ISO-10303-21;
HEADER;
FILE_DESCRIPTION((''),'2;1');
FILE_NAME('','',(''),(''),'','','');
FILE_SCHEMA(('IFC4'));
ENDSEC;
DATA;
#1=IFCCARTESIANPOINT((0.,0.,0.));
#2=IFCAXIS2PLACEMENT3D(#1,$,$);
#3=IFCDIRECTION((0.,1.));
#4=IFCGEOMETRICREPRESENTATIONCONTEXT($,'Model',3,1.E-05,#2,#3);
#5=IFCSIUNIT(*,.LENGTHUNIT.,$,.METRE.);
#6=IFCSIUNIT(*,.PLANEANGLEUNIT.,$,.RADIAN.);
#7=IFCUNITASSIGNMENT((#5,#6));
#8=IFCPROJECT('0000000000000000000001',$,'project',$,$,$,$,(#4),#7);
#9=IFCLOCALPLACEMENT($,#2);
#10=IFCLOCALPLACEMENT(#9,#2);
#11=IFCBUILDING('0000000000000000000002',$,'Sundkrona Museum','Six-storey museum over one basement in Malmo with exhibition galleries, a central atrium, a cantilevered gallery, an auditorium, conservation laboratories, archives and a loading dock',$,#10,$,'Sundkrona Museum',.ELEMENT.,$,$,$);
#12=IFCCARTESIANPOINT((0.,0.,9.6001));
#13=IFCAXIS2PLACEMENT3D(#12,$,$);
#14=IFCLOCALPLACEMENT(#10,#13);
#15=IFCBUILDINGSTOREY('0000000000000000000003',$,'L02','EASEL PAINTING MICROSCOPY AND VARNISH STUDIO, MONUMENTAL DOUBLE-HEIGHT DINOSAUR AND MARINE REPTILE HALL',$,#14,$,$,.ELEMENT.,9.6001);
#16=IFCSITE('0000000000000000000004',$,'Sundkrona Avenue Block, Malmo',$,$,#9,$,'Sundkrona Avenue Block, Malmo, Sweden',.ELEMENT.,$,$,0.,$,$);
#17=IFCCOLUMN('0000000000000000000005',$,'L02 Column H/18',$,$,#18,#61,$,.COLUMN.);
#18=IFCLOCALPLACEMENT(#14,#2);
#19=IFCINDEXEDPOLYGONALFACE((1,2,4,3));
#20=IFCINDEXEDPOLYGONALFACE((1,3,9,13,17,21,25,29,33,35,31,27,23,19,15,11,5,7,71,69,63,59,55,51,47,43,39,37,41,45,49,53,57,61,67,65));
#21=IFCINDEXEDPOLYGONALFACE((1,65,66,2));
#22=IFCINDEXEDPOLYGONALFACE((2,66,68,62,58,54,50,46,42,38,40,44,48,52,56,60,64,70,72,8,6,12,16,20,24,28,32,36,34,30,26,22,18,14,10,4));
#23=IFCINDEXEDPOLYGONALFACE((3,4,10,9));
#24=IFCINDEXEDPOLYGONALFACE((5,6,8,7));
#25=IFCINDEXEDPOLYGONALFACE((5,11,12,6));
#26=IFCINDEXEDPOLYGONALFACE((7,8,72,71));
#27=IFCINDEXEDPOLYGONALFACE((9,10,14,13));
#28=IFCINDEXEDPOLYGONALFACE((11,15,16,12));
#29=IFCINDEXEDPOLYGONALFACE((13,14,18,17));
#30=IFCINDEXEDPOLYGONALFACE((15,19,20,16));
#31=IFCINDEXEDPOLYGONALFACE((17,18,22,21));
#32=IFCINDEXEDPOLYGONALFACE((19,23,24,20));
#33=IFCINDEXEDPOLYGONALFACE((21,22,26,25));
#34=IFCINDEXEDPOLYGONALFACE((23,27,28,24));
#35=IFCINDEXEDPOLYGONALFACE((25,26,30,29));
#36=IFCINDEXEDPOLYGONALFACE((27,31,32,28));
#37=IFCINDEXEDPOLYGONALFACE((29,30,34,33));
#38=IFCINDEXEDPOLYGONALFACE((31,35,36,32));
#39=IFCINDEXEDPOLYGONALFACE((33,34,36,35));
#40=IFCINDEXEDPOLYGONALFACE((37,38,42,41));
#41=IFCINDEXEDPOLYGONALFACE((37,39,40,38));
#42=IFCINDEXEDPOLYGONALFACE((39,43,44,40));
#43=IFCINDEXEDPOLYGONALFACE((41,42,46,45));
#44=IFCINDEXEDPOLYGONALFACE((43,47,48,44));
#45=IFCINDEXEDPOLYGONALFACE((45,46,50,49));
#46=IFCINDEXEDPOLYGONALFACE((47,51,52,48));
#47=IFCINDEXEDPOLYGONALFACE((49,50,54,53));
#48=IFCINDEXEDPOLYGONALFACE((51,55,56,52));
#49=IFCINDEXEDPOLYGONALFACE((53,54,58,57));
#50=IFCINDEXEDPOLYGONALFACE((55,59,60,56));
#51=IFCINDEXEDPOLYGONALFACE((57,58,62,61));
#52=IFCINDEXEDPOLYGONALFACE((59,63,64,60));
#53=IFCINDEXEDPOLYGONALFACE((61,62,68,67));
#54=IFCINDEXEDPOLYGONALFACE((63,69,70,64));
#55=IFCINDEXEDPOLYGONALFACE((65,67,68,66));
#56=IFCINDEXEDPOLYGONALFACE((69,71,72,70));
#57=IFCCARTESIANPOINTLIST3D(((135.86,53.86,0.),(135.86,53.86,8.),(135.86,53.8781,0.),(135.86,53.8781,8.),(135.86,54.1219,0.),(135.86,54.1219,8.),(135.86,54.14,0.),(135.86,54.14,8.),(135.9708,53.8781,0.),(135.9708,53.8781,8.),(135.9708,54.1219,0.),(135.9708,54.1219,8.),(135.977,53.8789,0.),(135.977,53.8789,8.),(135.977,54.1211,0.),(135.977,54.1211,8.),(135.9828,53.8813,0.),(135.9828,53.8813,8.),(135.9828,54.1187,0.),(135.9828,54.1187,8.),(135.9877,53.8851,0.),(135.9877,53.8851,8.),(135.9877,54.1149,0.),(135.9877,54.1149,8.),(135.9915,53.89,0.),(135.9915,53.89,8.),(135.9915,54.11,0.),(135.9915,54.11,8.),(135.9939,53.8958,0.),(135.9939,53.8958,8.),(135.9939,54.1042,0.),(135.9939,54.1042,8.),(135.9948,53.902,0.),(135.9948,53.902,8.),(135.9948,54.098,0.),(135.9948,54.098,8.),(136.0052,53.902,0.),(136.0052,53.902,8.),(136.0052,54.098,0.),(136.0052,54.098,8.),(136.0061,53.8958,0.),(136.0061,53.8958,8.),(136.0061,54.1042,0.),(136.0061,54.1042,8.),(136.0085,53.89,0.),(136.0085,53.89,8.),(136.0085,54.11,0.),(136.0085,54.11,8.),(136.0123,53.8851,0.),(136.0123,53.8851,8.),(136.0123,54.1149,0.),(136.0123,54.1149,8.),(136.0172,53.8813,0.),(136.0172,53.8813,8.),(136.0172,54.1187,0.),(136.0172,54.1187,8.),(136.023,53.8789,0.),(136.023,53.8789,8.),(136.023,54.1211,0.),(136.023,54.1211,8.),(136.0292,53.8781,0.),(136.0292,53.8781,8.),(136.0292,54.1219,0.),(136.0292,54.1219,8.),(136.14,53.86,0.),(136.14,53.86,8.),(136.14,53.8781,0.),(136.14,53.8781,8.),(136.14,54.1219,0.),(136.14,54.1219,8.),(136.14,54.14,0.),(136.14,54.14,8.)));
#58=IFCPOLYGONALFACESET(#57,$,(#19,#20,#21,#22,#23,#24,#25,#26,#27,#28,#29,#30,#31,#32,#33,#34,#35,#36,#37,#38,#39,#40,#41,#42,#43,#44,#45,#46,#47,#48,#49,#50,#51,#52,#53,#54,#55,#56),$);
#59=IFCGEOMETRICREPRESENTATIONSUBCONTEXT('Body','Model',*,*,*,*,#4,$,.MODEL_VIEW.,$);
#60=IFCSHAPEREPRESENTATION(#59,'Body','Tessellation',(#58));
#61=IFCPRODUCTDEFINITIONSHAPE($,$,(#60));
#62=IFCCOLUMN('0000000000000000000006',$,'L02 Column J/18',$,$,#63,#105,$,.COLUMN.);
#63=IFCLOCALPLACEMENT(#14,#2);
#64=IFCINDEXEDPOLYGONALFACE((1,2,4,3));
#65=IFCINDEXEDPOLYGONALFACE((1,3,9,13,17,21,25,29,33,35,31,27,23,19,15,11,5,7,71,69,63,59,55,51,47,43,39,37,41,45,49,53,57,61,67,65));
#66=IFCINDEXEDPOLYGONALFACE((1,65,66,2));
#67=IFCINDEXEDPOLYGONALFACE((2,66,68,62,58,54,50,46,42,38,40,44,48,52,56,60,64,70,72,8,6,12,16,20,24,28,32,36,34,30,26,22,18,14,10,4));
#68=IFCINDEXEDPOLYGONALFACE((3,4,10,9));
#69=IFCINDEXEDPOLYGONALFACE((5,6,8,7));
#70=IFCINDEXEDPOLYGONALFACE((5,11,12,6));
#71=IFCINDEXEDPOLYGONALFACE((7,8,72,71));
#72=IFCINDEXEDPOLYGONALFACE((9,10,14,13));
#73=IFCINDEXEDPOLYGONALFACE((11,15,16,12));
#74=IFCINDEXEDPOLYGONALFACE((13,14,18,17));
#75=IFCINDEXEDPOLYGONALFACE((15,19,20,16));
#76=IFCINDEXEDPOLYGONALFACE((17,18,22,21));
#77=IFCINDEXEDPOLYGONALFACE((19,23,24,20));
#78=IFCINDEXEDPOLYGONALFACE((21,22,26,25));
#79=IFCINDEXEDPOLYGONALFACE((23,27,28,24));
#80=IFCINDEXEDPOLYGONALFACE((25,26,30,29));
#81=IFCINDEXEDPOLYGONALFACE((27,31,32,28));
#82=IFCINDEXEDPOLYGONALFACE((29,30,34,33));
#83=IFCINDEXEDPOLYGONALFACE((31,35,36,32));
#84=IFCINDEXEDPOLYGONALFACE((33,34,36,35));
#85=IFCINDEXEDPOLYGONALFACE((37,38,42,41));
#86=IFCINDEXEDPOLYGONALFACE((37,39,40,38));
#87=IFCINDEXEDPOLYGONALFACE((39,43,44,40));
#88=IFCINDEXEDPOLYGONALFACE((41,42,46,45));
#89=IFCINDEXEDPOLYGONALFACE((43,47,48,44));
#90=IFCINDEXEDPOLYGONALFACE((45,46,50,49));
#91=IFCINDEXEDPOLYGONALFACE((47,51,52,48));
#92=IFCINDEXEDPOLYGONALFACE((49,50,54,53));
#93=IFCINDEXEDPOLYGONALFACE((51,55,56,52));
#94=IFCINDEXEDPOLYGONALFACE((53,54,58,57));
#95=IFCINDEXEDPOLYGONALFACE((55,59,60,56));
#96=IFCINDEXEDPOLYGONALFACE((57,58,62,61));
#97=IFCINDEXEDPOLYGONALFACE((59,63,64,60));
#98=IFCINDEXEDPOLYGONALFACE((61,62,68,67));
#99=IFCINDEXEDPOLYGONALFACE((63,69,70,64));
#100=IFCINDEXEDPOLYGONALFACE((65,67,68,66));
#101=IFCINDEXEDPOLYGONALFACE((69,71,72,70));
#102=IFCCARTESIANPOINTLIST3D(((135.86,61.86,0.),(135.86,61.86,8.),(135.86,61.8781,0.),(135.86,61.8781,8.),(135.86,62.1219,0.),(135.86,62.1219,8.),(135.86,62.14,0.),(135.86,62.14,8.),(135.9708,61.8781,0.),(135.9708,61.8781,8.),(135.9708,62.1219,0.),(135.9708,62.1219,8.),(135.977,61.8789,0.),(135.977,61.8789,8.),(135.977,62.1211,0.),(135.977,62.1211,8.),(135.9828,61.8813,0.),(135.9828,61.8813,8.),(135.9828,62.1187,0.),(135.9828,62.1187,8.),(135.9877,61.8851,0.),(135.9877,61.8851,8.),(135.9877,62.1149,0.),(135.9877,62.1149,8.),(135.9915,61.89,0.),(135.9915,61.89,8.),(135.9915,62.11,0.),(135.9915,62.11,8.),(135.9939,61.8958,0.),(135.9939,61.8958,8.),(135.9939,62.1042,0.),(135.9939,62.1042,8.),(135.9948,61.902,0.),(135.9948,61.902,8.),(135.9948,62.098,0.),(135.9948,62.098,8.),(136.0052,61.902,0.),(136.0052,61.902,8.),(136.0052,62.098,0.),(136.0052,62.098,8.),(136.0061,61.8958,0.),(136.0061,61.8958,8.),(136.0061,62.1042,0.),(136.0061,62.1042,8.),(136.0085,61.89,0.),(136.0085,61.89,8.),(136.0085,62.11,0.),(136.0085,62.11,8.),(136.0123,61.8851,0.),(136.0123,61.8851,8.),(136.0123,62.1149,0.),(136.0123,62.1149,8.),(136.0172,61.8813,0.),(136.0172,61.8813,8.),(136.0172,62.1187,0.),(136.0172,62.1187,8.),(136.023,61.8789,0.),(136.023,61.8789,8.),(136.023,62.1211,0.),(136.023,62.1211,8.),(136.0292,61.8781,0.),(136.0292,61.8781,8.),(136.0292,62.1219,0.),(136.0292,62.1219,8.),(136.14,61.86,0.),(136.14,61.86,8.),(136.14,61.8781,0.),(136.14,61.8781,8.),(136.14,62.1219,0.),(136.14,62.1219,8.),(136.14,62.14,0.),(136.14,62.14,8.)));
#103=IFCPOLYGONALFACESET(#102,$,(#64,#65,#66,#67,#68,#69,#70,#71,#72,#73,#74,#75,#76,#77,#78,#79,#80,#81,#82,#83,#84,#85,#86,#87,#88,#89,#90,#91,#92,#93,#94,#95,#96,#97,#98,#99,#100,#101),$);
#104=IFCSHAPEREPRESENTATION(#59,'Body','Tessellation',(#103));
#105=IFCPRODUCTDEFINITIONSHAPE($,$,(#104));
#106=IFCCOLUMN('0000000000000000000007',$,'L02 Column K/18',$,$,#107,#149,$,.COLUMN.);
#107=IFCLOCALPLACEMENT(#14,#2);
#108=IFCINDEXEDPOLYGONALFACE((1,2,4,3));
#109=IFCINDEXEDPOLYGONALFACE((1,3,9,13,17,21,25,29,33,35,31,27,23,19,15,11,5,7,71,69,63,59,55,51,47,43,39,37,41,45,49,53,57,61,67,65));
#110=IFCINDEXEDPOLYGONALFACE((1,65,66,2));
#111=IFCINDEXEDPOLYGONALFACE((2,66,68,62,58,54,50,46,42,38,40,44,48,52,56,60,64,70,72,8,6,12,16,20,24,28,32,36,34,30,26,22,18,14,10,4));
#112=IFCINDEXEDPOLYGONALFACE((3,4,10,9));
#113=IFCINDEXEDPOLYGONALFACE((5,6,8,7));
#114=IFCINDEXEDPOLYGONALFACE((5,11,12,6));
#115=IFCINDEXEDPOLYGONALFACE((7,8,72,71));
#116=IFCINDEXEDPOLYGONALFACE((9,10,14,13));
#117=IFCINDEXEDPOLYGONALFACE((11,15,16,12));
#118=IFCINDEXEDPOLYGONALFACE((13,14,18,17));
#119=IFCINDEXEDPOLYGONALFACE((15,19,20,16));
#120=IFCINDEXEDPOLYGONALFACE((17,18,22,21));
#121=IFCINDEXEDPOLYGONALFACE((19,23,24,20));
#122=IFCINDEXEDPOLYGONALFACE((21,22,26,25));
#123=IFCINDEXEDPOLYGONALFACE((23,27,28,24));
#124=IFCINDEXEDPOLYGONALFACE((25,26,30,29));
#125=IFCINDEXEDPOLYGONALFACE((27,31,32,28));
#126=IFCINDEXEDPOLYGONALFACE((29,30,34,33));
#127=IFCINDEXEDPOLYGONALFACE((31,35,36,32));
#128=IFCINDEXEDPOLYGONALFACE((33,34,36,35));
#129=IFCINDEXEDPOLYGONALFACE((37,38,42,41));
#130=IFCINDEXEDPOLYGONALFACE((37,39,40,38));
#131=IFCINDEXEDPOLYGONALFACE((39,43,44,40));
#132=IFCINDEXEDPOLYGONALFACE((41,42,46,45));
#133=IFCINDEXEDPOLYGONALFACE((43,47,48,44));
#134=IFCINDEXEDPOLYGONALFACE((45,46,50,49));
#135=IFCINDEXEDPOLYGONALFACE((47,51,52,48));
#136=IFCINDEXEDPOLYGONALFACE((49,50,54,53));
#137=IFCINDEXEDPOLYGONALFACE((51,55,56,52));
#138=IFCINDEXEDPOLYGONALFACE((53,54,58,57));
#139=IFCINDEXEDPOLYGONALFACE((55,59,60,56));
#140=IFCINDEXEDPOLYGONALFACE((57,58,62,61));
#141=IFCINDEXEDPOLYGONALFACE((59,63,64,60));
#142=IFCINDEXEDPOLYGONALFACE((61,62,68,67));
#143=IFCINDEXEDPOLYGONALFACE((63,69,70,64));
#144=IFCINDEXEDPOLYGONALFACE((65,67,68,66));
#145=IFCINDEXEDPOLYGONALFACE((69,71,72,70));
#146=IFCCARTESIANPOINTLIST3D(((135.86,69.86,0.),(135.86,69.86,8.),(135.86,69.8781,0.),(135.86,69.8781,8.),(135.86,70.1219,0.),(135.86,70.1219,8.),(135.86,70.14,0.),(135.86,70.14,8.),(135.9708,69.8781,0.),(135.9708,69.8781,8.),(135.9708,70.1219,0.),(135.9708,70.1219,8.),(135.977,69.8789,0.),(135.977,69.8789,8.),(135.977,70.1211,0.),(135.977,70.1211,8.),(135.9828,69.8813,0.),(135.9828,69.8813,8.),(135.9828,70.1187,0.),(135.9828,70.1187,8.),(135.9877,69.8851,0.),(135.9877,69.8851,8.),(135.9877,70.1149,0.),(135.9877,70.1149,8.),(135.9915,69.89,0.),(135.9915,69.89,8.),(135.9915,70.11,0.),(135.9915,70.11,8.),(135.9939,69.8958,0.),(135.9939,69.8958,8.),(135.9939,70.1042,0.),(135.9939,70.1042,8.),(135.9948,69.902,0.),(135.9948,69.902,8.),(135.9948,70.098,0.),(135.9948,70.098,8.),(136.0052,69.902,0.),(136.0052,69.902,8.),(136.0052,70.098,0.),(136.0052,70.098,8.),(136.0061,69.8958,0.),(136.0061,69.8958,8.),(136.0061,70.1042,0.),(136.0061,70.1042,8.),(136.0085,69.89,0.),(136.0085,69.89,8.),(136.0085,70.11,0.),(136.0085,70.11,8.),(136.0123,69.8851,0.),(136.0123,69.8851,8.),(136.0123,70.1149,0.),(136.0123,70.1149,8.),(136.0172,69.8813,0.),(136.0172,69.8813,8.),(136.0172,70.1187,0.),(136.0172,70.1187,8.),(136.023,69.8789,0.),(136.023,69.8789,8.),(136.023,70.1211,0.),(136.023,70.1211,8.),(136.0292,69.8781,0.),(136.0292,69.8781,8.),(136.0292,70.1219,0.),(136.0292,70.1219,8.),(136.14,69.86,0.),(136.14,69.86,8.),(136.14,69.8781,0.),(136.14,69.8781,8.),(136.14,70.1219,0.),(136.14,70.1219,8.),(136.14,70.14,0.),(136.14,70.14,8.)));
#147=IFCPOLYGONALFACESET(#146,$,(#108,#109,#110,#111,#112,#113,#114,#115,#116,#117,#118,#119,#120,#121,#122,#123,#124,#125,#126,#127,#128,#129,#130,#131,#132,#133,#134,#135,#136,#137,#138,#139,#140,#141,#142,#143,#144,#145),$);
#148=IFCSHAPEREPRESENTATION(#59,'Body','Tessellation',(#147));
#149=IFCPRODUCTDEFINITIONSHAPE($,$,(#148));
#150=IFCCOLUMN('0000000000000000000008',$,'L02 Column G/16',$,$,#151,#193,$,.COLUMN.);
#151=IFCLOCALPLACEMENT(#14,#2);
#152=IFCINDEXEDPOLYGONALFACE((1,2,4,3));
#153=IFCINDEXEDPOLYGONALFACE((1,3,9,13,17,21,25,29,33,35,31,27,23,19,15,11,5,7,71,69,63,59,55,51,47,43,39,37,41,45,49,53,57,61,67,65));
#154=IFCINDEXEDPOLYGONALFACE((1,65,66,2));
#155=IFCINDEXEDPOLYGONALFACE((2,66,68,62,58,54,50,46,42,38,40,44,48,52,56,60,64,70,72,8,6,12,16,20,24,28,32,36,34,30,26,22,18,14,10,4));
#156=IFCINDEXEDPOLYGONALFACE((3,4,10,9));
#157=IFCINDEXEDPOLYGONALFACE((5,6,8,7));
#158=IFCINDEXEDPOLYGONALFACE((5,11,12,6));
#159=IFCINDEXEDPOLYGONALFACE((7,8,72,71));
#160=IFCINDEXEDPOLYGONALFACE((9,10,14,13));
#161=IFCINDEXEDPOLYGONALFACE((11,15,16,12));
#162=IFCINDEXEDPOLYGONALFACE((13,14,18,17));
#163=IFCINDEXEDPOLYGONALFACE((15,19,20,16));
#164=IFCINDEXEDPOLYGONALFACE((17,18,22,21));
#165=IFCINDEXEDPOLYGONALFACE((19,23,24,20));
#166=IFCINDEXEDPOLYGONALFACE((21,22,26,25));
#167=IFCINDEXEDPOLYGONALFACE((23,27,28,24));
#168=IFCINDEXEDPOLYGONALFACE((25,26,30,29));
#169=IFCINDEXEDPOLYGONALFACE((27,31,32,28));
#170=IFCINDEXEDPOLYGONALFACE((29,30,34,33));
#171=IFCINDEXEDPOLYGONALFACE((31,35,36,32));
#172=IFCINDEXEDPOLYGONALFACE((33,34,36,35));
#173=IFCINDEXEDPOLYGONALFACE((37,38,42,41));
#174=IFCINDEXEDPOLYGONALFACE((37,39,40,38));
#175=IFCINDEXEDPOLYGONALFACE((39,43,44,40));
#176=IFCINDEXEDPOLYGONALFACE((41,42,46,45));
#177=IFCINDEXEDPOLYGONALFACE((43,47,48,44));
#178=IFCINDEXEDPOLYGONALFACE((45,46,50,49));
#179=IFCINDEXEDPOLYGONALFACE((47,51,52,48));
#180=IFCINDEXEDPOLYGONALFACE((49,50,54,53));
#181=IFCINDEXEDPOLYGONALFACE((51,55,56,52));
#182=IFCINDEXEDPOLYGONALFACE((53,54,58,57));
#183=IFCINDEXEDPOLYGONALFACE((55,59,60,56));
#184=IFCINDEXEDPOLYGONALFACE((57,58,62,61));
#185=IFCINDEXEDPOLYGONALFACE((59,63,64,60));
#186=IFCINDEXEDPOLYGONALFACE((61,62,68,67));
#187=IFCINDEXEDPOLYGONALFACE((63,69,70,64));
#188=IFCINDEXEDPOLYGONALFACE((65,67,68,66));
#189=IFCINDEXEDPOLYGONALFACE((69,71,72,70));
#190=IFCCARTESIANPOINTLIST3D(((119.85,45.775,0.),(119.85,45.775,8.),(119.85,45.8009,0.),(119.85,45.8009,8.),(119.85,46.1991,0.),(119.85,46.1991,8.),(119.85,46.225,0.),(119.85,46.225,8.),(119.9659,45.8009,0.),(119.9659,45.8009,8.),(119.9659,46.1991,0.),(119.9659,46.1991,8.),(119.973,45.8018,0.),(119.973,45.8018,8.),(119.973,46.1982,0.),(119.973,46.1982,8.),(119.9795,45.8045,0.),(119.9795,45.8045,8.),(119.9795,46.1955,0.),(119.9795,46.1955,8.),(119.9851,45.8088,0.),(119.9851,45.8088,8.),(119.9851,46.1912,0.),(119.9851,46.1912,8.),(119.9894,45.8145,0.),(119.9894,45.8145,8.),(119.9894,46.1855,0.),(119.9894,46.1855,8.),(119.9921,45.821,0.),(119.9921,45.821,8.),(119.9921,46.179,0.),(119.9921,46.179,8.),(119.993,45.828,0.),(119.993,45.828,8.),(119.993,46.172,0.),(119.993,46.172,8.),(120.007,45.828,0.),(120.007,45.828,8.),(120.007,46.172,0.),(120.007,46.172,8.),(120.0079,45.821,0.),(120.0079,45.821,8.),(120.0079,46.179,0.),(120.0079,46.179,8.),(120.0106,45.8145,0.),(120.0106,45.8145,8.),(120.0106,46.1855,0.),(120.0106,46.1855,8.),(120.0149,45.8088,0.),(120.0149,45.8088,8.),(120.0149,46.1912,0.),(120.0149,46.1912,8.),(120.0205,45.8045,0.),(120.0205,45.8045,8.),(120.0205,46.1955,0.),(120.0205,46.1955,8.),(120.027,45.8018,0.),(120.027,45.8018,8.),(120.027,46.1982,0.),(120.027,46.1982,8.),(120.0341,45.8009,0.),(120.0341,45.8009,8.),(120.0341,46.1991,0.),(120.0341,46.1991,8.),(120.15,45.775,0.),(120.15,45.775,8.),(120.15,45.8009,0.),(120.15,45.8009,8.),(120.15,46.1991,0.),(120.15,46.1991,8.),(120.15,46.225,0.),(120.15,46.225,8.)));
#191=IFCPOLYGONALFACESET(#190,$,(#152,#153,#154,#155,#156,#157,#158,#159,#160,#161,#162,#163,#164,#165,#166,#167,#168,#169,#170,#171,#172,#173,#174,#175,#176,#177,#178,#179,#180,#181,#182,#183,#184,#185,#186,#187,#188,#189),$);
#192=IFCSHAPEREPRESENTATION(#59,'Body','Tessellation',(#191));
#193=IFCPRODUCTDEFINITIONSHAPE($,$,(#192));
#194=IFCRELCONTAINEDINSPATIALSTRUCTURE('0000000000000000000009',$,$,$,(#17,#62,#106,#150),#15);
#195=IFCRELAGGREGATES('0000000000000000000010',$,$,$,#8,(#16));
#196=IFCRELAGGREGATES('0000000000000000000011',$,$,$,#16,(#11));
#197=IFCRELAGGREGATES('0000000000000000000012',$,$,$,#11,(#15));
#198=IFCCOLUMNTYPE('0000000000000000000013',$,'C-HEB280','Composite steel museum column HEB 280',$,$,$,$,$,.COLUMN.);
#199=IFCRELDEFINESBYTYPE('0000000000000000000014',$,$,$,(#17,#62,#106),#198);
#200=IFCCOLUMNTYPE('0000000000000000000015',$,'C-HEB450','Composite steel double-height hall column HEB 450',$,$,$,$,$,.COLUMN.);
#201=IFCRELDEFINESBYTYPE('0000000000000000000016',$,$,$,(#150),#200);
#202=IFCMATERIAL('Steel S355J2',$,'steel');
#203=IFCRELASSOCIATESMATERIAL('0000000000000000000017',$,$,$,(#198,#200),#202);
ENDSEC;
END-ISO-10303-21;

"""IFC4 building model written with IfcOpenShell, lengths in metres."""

from ifc_helpers import new_model, si_unit, direction, frame, origin, origin_2d, place, context, subcontext, project, spatial, i_section, extrude, material, material_profile, profile_set, type_object, element, save


model = new_model("IFC4")

# Units and contexts
model_context = context("Model", 3, precision=1e-05, world=origin(), true_north=direction((0.0, 1.0)))
body_context = subcontext(model_context, "Body", "Model", "MODEL_VIEW")
ifc_project = project(units=[si_unit("LENGTHUNIT", "METRE"), si_unit("PLANEANGLEUNIT", "RADIAN")], contexts=[model_context])

# Site, building, storey
site_placement = place(None, origin())
site = spatial("IfcSite", under=ifc_project, at=site_placement, Name="Sundkrona Avenue Block, Malmo", LongName="Sundkrona Avenue Block, Malmo, Sweden", CompositionType="ELEMENT", RefElevation=0.0)
building_placement = place(site_placement, origin())
building = spatial("IfcBuilding", under=site, at=building_placement, Name="Sundkrona Museum", Description="Six-storey museum over one basement in Malmo with exhibition galleries, a central atrium, a cantilevered gallery, an auditorium, conservation laboratories, archives and a loading dock", LongName="Sundkrona Museum", CompositionType="ELEMENT")
storey_placement = place(building_placement, frame((0.0, 0.0, 9.6001)))
storey = spatial("IfcBuildingStorey", under=building, at=storey_placement, Name="L02", Description="EASEL PAINTING MICROSCOPY AND VARNISH STUDIO, MONUMENTAL DOUBLE-HEIGHT DINOSAUR AND MARINE REPTILE HALL", CompositionType="ELEMENT", Elevation=9.6001)

# Columns
ifc_material_1 = material(Name="Steel S355J2", Category="steel")
ifc_material_profile_1 = material_profile(ifc_material_1, i_section(OverallWidth=0.28, OverallDepth=0.28, WebThickness=0.0105, FlangeThickness=0.0181, FilletRadius=0.0239, at=origin_2d()), Name="HEB 280")
ifc_profile_set_1 = profile_set([ifc_material_profile_1], Name="Steel S355J2")
column_type_1 = type_object("IfcColumnType", Name="C-HEB280", Description="Composite steel museum column HEB 280", PredefinedType="COLUMN", material=ifc_profile_set_1)
for number, where, z_axis, x_axis, name in (
    (1, (136.0, 54.0, 0.0), (0.0, 0.0, 1.0), (1.0, 0.0, 0.0), "L02 Column H/18"),
    (2, (136.0, 62.0, 0.0), (0.0, 0.0, 1.0), (1.0, 0.0, 0.0), "L02 Column J/18"),
    (3, (136.0, 70.0, 0.0), (0.0, 0.0, 1.0), (1.0, 0.0, 0.0), "L02 Column K/18"),
):
    element("IfcColumn", number, at=place(storey_placement, frame(where, z_axis=z_axis, x_axis=x_axis)), inside=storey, type_object=column_type_1, Name=name, PredefinedType="COLUMN", context=body_context, shape_type="SweptSolid", body=[
        extrude(i_section(OverallWidth=0.28, OverallDepth=0.28, WebThickness=0.0105, FlangeThickness=0.0181, FilletRadius=0.0239, at=origin_2d()), origin(), (0.0, 0.0, 1.0), 8.0),
    ])
ifc_material_profile_2 = material_profile(ifc_material_1, i_section(OverallWidth=0.3, OverallDepth=0.45, WebThickness=0.0139, FlangeThickness=0.0259, FilletRadius=0.0271, at=origin_2d()), Name="HEB 450")
ifc_profile_set_2 = profile_set([ifc_material_profile_2], Name="Steel S355J2")
column_type_2 = type_object("IfcColumnType", Name="C-HEB450", Description="Composite steel double-height hall column HEB 450", PredefinedType="COLUMN", material=ifc_profile_set_2)
for number, where, z_axis, x_axis, name in (
    (4, (120.0, 46.0, 0.0), (0.0, 0.0, 1.0), (1.0, 0.0, 0.0), "L02 Column G/16"),
):
    element("IfcColumn", number, at=place(storey_placement, frame(where, z_axis=z_axis, x_axis=x_axis)), inside=storey, type_object=column_type_2, Name=name, PredefinedType="COLUMN", context=body_context, shape_type="SweptSolid", body=[
        extrude(i_section(OverallWidth=0.3, OverallDepth=0.45, WebThickness=0.0139, FlangeThickness=0.0259, FilletRadius=0.0271, at=origin_2d()), origin(), (0.0, 0.0, 1.0), 8.0),
    ])

save(model, "model.ifc")
